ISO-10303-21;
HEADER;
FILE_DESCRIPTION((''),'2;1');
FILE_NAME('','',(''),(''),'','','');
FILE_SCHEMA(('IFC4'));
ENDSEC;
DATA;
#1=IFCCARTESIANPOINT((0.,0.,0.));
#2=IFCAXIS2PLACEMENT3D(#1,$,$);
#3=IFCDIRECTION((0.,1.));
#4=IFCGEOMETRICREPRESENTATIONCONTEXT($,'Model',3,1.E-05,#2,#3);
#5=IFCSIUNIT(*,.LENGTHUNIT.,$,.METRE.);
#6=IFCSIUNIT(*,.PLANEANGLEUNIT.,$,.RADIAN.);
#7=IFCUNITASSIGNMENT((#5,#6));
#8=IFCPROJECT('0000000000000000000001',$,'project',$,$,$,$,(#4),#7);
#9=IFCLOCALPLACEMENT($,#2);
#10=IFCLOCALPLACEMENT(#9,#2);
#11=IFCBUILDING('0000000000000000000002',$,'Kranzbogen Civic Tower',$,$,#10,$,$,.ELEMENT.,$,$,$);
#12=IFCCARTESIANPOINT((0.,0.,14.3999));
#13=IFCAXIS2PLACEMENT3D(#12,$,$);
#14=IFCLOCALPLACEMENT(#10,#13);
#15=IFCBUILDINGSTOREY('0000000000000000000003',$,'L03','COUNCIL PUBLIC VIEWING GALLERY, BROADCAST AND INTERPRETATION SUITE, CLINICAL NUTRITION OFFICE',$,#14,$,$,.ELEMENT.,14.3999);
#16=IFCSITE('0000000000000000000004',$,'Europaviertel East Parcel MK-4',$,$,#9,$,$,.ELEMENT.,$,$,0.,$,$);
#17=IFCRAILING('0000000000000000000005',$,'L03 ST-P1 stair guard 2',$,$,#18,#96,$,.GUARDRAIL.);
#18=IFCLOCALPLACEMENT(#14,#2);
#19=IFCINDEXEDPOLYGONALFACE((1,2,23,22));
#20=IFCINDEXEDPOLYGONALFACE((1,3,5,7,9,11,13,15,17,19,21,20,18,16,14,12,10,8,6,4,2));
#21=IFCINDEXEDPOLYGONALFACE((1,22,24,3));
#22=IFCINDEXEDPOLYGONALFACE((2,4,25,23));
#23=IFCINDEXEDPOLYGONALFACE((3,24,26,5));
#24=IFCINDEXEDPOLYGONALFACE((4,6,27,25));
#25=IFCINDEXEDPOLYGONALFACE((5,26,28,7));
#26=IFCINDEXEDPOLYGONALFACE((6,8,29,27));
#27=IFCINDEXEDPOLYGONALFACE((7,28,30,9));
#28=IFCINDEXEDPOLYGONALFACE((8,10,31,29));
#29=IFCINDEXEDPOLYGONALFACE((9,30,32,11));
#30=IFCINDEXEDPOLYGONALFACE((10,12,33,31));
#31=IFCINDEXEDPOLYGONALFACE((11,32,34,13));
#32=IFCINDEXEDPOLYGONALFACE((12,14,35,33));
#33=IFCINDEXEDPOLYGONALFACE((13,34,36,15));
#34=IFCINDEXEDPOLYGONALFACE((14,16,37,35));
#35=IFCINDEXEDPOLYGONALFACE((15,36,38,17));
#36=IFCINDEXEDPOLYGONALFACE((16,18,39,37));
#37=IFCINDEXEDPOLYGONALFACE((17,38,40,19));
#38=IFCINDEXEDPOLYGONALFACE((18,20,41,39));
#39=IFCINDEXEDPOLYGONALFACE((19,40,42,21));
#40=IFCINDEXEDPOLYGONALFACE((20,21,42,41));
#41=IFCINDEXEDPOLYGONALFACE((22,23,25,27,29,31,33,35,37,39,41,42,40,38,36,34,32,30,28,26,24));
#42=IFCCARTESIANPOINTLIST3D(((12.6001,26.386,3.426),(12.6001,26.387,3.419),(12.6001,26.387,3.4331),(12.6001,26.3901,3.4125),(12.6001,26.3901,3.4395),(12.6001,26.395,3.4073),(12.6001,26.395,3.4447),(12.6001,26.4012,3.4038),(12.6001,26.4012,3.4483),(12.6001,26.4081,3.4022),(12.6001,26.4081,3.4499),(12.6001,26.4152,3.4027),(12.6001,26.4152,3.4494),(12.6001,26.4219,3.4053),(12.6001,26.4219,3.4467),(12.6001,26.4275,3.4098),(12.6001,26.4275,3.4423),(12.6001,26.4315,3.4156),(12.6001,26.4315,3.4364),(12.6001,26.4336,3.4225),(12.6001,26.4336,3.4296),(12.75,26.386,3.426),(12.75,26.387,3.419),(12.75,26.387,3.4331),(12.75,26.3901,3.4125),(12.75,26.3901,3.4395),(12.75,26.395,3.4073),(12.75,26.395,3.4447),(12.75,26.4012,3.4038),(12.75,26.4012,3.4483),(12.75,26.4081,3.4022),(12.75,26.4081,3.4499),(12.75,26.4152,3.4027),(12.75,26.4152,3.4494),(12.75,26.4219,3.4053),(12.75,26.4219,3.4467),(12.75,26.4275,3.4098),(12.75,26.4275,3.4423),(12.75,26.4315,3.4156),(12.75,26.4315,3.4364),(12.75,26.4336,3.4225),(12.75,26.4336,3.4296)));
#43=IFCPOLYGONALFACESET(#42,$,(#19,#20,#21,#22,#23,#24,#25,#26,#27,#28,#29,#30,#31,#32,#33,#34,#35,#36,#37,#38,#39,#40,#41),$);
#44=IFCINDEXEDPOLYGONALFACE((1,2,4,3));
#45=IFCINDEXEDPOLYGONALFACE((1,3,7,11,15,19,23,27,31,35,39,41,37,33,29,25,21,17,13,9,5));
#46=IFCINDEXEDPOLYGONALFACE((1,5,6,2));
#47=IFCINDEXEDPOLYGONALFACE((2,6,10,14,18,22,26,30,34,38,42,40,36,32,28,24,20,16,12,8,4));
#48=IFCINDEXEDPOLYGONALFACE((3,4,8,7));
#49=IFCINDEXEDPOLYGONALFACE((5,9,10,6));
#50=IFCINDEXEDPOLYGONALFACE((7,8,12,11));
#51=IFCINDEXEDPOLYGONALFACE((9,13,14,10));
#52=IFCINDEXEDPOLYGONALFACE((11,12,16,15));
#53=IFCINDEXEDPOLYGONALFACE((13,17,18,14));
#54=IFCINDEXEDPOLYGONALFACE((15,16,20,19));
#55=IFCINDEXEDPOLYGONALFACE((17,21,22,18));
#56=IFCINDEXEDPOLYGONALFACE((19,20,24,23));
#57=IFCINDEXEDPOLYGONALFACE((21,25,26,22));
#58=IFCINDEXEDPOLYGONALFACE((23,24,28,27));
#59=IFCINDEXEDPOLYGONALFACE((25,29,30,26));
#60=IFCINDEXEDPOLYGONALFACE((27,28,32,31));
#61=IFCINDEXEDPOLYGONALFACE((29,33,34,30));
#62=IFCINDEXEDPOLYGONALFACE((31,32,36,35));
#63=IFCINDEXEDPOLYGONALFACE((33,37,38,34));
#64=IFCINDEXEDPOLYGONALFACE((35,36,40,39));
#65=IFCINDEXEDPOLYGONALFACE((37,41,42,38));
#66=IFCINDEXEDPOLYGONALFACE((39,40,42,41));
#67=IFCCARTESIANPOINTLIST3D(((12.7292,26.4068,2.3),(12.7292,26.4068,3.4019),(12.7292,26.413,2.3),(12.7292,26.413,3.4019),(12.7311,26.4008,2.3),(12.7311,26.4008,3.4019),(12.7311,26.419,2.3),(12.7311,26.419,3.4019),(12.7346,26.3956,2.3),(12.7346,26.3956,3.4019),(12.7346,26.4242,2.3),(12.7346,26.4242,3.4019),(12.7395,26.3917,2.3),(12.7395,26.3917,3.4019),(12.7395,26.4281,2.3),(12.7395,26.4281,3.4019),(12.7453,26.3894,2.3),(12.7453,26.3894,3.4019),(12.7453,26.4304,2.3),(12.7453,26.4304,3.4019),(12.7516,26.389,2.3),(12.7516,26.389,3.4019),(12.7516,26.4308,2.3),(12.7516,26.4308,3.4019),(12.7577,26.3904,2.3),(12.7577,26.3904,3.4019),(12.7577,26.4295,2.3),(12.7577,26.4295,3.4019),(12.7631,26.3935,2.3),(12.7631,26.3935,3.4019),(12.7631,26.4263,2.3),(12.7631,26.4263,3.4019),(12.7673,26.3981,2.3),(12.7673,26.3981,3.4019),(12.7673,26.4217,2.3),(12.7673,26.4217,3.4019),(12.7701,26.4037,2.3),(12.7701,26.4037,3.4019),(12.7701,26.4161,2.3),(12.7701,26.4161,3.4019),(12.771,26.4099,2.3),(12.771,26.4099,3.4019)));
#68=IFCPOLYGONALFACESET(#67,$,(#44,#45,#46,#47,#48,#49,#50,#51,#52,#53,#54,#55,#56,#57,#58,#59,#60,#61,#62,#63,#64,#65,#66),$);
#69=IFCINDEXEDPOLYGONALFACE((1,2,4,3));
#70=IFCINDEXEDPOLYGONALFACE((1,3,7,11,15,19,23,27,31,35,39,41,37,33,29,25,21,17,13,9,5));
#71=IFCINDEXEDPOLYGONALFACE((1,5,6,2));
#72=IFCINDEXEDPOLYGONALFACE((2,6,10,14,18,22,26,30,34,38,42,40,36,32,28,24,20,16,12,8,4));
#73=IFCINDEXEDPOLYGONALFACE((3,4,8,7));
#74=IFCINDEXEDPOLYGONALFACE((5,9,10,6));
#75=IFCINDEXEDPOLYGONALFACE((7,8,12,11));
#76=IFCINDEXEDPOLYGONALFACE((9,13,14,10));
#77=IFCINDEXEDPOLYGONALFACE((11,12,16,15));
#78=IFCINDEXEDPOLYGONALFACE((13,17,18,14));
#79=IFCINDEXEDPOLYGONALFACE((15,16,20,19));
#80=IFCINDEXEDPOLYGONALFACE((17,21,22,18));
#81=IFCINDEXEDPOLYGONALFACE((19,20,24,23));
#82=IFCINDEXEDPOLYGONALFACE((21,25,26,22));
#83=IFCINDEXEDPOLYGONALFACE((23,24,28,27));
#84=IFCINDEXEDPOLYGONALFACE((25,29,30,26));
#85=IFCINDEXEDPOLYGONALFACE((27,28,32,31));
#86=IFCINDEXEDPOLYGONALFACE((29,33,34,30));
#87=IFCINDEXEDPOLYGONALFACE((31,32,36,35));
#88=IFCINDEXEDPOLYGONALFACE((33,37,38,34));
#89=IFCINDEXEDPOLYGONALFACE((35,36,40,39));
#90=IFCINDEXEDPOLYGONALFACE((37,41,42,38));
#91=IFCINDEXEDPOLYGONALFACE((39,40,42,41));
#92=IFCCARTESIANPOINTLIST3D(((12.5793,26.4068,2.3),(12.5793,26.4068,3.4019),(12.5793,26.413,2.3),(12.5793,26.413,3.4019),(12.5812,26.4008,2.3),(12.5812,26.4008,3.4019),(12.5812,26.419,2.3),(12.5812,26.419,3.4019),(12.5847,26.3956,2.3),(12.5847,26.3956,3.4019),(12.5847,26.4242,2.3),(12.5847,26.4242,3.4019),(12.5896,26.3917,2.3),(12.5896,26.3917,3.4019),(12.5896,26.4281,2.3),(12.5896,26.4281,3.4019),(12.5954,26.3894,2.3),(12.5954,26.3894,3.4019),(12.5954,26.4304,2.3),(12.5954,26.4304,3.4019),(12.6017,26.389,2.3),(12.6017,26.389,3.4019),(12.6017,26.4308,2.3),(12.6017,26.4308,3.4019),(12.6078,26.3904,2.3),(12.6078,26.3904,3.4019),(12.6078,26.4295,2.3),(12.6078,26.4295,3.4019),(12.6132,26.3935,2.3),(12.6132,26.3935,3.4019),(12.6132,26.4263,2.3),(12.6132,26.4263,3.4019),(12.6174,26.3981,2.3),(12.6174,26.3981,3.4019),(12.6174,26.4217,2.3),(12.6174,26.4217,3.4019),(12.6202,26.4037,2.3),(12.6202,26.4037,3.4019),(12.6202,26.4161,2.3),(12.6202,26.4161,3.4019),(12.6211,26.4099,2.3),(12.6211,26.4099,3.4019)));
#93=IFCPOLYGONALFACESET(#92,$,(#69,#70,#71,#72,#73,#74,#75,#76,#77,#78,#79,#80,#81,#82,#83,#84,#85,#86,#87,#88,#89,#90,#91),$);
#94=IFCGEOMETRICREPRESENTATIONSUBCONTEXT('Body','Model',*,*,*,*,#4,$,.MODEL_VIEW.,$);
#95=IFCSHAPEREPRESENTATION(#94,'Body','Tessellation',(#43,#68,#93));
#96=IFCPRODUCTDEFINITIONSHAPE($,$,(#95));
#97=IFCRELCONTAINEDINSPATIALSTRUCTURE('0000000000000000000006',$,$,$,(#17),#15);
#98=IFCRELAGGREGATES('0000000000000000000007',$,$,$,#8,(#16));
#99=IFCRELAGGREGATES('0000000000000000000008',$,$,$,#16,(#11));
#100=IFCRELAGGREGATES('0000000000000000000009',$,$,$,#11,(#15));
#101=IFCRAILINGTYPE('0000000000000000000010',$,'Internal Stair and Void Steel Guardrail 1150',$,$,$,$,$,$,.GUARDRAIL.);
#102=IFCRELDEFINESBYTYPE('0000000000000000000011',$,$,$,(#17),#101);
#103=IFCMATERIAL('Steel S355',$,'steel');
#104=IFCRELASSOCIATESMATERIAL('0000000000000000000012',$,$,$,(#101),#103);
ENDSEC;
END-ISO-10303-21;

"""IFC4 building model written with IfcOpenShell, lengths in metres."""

from ifc_helpers import new_model, si_unit, direction, frame, origin, origin_2d, place, context, subcontext, project, spatial, circle, extrude, material, type_object, element, save


model = new_model("IFC4")

# Units and contexts
model_context = context("Model", 3, precision=1e-05, world=origin(), true_north=direction((0.0, 1.0)))
body_context = subcontext(model_context, "Body", "Model", "MODEL_VIEW")
ifc_project = project(units=[si_unit("LENGTHUNIT", "METRE"), si_unit("PLANEANGLEUNIT", "RADIAN")], contexts=[model_context])

# Site, building, storey
site_placement = place(None, origin())
site = spatial("IfcSite", under=ifc_project, at=site_placement, Name="Europaviertel East Parcel MK-4", CompositionType="ELEMENT", RefElevation=0.0)
building_placement = place(site_placement, origin())
building = spatial("IfcBuilding", under=site, at=building_placement, Name="Kranzbogen Civic Tower", CompositionType="ELEMENT")
storey_placement = place(building_placement, frame((0.0, 0.0, 14.3999)))
storey = spatial("IfcBuildingStorey", under=building, at=storey_placement, Name="L03", Description="COUNCIL PUBLIC VIEWING GALLERY, BROADCAST AND INTERPRETATION SUITE, CLINICAL NUTRITION OFFICE", CompositionType="ELEMENT", Elevation=14.3999)

# Shared definitions
ifc_material_1 = material(Name="Steel S355", Category="steel")

# Railing
railing_type_1 = type_object("IfcRailingType", Name="Internal Stair and Void Steel Guardrail 1150", PredefinedType="GUARDRAIL", material=ifc_material_1)
railing_1_placement = place(storey_placement, frame((12.75, 26.4099, 2.3)))
element("IfcRailing", 1, at=railing_1_placement, inside=storey, type_object=railing_type_1, Name="L03 ST-P1 stair guard 2", PredefinedType="GUARDRAIL", context=body_context, shape_type="SweptSolid", body=[
    extrude(circle(Radius=0.0239, at=origin_2d()), frame((0.0, 0.0, 1.126), z_axis=(-1.0, 0.0, 0.0), x_axis=(0.0, -1.0, 0.0)), (0.0, 0.0, 1.0), 0.1499),
    extrude(circle(Radius=0.021, at=origin_2d()), origin(), (0.0, 0.0, 1.0), 1.1018),
    extrude(circle(Radius=0.021, at=origin_2d()), frame((-0.1499, 0.0, 0.0)), (0.0, 0.0, 1.0), 1.1018),
])

save(model, "model.ifc")
